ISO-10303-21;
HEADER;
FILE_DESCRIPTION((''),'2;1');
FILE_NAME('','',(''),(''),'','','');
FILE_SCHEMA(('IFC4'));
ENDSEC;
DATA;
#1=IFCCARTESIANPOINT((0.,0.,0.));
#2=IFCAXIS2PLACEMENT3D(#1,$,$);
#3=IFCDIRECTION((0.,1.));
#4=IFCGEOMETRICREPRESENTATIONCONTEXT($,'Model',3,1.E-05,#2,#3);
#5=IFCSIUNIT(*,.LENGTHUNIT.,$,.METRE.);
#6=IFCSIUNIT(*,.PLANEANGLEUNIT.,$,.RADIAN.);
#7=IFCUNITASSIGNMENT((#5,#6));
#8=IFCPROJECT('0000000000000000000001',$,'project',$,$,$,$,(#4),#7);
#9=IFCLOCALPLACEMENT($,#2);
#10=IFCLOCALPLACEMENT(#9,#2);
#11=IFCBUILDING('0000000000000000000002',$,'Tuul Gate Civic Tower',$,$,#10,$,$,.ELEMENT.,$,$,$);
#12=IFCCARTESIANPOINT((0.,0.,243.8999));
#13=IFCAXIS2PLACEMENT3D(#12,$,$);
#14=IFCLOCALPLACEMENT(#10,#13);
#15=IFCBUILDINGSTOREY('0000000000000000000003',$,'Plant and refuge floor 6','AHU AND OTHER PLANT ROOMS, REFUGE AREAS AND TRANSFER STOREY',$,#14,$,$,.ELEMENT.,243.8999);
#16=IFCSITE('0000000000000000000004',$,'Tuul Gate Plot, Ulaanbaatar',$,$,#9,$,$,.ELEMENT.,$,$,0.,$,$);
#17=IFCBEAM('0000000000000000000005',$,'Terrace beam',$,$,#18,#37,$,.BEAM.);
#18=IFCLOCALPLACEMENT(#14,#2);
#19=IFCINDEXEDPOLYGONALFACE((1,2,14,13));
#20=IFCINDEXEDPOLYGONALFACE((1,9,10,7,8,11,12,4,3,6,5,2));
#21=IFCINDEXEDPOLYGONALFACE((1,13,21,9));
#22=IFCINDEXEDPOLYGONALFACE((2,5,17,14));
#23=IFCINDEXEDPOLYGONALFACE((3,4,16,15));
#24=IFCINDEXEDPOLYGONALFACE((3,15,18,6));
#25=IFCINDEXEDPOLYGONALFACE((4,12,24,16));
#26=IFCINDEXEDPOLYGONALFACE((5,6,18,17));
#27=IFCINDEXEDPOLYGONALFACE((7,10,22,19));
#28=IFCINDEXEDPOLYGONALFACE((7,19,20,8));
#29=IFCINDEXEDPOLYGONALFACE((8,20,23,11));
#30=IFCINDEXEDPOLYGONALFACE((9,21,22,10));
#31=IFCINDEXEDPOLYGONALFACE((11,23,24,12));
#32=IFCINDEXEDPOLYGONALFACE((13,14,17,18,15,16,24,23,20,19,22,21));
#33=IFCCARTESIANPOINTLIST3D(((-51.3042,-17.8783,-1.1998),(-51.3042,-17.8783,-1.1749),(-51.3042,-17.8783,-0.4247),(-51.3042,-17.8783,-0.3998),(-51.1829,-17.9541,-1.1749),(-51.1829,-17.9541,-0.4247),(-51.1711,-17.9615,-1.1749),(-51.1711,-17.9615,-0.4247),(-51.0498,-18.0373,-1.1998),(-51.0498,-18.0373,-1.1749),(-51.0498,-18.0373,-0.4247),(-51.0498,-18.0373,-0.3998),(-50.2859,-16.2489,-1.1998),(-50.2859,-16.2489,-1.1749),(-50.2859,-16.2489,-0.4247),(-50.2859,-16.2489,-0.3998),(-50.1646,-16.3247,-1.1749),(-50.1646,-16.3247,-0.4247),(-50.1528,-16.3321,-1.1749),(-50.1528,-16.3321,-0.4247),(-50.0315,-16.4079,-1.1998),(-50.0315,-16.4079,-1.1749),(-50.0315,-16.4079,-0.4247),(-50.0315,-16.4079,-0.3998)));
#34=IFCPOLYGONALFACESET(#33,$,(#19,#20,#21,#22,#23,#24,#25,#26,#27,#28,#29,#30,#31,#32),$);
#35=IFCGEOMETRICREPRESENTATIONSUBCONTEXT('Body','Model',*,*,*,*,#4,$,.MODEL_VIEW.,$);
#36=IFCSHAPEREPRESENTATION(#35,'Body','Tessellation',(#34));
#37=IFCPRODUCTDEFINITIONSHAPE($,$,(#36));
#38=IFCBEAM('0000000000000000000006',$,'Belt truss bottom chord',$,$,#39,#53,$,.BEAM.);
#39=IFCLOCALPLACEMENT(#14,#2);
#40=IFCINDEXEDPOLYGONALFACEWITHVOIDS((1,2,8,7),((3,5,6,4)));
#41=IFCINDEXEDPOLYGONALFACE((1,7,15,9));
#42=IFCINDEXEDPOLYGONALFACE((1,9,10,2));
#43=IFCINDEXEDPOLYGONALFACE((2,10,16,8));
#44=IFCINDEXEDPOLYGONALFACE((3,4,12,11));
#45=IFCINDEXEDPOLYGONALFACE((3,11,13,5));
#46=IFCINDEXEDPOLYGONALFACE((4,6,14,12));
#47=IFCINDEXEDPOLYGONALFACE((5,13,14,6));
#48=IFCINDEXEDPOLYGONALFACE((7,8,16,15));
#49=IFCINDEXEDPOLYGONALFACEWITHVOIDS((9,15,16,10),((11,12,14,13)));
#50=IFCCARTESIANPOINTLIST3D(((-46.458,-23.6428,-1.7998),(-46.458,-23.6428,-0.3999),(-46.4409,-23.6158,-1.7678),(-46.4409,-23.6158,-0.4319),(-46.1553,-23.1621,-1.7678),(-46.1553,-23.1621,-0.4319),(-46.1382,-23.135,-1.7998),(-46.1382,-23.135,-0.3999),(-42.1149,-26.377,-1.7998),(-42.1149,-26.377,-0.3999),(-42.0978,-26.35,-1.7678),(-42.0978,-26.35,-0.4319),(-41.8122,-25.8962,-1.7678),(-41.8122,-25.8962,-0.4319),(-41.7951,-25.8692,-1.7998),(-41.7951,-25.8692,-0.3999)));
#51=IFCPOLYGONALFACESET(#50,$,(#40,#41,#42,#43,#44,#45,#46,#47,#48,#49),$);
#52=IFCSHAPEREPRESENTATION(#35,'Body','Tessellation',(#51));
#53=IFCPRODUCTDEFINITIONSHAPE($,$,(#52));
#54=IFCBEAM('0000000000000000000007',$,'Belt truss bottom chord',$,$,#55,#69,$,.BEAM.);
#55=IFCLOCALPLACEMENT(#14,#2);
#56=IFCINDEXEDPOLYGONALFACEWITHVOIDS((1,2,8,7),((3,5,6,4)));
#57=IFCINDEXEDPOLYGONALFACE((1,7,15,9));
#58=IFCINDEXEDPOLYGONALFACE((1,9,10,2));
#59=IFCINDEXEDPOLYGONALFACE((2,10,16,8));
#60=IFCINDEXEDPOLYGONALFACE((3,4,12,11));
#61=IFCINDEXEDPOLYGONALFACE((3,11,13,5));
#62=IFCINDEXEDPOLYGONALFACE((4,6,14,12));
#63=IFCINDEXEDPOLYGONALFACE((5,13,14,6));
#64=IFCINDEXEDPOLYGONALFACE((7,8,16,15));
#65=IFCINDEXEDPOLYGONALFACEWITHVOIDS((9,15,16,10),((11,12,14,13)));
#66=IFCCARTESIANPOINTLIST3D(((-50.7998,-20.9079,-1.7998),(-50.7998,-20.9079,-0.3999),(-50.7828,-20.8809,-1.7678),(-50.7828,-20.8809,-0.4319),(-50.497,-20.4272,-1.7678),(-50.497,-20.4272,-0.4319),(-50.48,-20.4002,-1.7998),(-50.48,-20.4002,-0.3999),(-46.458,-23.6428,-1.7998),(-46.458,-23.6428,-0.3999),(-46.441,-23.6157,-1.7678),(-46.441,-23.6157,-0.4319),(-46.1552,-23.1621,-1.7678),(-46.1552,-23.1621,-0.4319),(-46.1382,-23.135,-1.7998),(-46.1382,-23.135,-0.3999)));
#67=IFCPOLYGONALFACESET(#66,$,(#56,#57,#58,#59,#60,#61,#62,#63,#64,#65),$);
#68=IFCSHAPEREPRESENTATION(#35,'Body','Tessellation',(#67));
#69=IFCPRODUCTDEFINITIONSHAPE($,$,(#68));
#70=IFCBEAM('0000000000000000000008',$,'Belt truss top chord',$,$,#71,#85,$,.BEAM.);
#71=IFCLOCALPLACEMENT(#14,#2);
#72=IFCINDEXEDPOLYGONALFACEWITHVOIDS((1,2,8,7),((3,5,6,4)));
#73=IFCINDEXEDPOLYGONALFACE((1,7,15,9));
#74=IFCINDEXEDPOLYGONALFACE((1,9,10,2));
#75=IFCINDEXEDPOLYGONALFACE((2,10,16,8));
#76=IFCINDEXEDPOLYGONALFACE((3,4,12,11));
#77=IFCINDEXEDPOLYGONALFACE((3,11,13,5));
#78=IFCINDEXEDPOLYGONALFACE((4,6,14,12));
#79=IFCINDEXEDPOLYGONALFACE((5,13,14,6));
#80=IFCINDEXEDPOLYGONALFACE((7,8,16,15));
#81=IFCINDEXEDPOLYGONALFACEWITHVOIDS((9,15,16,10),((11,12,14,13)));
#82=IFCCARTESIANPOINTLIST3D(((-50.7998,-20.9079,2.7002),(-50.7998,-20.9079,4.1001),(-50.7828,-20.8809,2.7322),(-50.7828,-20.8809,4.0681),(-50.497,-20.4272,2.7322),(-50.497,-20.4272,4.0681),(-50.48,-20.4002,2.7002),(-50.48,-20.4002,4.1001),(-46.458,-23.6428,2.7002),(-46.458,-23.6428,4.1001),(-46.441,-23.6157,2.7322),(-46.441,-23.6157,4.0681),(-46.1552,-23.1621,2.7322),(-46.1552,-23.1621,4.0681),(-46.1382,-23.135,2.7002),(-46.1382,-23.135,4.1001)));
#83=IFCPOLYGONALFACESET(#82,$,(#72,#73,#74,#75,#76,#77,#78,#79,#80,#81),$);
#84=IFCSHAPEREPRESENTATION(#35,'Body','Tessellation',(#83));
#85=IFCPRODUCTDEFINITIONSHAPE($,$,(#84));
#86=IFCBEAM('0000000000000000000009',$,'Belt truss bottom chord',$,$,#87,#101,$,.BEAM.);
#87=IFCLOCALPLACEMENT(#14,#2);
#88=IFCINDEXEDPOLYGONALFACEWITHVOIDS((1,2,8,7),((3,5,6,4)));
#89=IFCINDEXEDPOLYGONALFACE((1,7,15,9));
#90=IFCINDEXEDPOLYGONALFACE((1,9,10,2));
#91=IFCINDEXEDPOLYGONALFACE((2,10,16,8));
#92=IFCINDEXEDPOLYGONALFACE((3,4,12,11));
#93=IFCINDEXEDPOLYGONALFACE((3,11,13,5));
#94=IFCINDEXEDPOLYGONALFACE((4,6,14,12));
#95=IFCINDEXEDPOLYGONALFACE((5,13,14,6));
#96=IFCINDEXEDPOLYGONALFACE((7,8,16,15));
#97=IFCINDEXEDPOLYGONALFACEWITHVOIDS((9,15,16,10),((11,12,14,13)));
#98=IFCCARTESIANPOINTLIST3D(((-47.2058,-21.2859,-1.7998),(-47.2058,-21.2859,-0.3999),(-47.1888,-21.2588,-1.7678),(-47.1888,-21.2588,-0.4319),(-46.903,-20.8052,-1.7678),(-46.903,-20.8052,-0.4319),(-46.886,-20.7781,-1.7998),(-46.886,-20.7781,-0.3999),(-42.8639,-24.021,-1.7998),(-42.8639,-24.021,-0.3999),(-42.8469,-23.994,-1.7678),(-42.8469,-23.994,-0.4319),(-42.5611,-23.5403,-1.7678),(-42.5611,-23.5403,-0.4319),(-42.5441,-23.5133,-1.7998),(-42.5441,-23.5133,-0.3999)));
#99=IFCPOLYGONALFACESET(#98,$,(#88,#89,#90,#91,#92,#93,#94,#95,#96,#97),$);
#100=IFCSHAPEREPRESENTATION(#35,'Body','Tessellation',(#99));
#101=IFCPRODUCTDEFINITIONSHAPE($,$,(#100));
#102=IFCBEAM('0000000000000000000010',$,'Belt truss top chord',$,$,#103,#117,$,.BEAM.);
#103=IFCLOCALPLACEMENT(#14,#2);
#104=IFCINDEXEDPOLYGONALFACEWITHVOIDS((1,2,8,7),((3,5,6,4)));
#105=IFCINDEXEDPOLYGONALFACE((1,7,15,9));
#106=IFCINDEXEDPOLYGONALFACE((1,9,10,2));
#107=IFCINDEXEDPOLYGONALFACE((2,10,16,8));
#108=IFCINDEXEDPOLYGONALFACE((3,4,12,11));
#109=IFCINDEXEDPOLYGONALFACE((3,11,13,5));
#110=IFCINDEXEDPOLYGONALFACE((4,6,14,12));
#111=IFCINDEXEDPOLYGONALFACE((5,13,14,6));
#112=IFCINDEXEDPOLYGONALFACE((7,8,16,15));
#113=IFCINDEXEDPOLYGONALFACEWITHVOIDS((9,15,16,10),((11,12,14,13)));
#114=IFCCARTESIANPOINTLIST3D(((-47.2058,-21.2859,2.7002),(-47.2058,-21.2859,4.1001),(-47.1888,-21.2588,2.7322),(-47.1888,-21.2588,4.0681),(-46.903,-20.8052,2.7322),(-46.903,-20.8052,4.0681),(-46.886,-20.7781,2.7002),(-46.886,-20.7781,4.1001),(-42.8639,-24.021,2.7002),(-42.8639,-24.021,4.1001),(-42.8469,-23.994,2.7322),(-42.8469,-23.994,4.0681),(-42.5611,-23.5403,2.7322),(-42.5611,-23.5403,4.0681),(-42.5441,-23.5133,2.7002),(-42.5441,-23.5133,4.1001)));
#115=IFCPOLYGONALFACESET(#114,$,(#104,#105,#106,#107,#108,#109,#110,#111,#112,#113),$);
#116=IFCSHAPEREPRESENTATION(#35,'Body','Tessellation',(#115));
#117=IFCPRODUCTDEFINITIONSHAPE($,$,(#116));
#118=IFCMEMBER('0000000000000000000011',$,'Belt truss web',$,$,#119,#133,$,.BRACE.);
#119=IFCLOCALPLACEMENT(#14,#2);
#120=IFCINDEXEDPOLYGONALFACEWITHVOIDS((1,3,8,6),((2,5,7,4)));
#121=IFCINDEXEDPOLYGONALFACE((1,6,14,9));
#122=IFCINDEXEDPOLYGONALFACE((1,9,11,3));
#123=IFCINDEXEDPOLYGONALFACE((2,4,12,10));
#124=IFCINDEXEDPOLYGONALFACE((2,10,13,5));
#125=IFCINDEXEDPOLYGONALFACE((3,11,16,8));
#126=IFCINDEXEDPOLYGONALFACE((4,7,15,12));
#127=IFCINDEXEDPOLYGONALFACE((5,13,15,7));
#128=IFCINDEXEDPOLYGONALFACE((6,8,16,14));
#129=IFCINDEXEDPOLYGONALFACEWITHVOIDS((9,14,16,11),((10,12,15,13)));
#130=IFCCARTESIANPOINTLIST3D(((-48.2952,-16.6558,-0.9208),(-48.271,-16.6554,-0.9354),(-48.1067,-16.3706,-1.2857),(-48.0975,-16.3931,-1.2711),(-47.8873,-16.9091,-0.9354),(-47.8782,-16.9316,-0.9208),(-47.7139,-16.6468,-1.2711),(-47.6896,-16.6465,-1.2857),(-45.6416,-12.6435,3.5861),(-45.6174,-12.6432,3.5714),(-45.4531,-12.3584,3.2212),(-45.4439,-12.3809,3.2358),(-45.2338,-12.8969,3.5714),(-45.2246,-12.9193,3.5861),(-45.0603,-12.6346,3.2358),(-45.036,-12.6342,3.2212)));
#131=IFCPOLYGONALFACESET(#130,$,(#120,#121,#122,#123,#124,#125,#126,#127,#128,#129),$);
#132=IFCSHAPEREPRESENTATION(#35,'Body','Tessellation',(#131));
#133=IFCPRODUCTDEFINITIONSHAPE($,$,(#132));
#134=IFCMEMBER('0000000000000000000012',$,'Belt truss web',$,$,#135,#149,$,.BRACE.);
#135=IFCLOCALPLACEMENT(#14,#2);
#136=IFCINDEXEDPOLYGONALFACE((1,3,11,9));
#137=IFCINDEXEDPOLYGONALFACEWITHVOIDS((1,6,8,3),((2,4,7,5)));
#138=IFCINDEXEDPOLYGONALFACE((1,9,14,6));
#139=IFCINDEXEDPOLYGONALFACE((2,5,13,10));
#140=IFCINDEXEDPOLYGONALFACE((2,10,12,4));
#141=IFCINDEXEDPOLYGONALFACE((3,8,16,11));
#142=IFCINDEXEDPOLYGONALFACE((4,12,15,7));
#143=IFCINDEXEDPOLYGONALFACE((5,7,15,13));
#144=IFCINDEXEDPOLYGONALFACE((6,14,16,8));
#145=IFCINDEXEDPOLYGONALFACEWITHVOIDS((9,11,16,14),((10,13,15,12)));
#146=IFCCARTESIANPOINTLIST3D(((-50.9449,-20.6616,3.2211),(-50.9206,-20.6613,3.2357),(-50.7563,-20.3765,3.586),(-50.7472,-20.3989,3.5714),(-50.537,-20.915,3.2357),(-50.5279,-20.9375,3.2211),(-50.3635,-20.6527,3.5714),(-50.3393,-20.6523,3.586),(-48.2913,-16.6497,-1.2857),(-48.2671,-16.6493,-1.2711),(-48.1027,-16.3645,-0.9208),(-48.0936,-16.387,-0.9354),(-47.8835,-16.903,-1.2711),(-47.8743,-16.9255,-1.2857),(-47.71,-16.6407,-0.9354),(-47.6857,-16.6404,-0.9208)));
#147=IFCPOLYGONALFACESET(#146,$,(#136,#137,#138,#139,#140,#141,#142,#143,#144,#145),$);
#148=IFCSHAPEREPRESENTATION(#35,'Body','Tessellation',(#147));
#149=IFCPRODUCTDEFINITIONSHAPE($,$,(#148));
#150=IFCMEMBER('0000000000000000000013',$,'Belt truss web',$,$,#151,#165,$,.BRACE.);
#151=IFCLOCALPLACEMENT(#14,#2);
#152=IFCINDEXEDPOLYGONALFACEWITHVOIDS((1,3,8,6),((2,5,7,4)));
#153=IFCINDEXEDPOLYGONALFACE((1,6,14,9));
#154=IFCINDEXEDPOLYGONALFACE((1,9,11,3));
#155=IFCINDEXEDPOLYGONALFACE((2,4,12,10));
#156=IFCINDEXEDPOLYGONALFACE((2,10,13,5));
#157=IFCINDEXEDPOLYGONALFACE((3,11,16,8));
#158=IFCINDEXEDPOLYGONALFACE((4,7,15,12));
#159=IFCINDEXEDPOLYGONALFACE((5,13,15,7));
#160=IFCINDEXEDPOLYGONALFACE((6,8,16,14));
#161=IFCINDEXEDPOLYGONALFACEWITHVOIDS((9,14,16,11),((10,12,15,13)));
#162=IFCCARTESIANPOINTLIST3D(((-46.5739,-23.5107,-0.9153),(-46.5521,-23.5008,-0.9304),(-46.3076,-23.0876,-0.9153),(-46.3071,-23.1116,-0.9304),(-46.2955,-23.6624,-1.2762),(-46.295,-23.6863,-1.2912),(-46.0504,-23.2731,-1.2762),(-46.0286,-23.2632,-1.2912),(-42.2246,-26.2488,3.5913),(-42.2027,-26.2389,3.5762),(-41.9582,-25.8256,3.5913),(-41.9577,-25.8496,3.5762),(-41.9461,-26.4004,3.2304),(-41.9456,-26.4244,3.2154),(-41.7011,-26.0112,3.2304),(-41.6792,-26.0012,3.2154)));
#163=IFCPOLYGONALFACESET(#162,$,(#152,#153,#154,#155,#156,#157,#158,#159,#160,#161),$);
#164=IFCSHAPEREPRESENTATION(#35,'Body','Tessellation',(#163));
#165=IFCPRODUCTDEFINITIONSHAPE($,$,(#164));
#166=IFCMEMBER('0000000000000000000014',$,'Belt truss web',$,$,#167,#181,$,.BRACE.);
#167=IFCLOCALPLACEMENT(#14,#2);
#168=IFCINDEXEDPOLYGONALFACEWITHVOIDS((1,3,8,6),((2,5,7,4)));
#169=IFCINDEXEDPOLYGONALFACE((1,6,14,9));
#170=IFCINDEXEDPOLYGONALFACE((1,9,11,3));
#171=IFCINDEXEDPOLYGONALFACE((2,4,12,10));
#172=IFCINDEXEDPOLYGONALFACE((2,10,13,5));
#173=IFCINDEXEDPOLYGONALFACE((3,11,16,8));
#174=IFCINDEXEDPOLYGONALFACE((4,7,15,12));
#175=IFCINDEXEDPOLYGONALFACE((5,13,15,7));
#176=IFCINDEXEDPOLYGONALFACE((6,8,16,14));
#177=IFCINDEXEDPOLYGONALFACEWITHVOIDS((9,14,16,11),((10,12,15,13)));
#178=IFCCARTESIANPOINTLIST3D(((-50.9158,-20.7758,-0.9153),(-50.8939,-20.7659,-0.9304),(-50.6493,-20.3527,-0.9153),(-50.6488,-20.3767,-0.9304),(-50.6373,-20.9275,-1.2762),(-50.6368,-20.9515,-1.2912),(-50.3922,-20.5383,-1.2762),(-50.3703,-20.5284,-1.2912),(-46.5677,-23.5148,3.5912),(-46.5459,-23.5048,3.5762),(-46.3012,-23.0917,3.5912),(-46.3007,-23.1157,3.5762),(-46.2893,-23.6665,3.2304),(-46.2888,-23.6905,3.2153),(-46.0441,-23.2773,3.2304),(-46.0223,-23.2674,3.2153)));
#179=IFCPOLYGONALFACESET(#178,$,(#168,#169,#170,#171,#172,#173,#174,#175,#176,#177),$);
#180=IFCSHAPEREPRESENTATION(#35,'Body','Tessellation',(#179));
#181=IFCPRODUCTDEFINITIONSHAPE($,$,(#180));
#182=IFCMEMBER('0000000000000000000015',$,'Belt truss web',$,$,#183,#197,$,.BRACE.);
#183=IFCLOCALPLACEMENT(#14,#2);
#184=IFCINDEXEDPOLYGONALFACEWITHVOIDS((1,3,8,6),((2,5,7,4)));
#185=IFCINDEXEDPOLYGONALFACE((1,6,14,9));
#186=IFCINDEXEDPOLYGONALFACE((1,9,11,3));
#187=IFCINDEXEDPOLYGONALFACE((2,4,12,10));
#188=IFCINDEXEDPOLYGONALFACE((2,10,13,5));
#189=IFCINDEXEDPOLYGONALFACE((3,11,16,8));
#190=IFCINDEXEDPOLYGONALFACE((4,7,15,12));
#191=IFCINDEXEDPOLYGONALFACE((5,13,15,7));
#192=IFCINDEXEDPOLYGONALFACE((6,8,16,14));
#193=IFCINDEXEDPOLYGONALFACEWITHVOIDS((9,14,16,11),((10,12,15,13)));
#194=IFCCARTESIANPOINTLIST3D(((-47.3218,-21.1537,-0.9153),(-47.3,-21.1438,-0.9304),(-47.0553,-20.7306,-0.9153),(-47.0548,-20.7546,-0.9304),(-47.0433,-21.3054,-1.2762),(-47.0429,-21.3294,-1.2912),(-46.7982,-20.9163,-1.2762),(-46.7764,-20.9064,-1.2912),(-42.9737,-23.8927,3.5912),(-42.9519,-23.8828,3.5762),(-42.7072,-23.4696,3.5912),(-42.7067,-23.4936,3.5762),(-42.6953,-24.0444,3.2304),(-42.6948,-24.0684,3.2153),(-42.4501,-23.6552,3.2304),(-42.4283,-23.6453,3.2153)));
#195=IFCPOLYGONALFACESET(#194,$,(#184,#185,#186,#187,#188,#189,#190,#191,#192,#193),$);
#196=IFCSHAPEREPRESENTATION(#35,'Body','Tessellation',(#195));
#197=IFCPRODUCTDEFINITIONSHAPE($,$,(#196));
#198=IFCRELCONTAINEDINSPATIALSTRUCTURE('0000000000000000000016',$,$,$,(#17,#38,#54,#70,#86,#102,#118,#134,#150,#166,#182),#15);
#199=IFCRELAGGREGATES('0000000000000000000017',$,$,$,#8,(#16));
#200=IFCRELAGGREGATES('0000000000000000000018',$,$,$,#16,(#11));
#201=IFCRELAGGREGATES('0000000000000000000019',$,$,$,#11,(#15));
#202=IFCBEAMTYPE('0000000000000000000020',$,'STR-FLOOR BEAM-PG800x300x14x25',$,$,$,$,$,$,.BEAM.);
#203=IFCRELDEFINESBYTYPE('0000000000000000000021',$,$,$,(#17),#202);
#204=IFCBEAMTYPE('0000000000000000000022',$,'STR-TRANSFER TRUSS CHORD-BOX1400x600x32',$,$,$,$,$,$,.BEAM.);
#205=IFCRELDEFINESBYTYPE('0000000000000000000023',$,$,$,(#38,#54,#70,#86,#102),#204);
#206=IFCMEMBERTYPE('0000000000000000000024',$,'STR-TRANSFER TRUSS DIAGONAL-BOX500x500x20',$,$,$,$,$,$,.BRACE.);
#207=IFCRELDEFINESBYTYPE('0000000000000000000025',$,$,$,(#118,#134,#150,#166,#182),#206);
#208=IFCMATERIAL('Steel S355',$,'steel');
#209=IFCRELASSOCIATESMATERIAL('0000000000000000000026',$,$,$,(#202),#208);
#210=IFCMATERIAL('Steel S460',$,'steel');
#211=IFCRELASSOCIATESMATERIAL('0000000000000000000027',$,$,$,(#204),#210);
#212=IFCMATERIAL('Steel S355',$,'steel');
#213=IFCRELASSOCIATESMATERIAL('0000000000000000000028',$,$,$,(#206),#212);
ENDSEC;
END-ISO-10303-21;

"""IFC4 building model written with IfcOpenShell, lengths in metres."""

from ifc_helpers import new_model, si_unit, direction, frame, origin, origin_2d, place, context, subcontext, project, spatial, hollow_rectangle, i_section, extrude, material, material_profile, profile_set, type_object, element, save


model = new_model("IFC4")

# Units and contexts
model_context = context("Model", 3, precision=1e-05, world=origin(), true_north=direction((0.0, 1.0)))
body_context = subcontext(model_context, "Body", "Model", "MODEL_VIEW")
ifc_project = project(units=[si_unit("LENGTHUNIT", "METRE"), si_unit("PLANEANGLEUNIT", "RADIAN")], contexts=[model_context])

# Site, building, storey
site_placement = place(None, origin())
site = spatial("IfcSite", under=ifc_project, at=site_placement, Name="Tuul Gate Plot, Ulaanbaatar", CompositionType="ELEMENT", RefElevation=0.0)
building_placement = place(site_placement, origin())
building = spatial("IfcBuilding", under=site, at=building_placement, Name="Tuul Gate Civic Tower", CompositionType="ELEMENT")
storey_placement = place(building_placement, frame((0.0, 0.0, 243.8999)))
storey = spatial("IfcBuildingStorey", under=building, at=storey_placement, Name="Plant and refuge floor 6", Description="AHU AND OTHER PLANT ROOMS, REFUGE AREAS AND TRANSFER STOREY", CompositionType="ELEMENT", Elevation=243.8999)

# Beams
ifc_material_1 = material(Name="Steel S355", Category="steel")
ifc_material_profile_1 = material_profile(ifc_material_1, i_section(OverallWidth=0.3, OverallDepth=0.8, WebThickness=0.0139, FlangeThickness=0.0249, at=origin_2d()), Name="PG800x300x14x25")
ifc_profile_set_1 = profile_set([ifc_material_profile_1], Name="Steel S355")
beam_type_1 = type_object("IfcBeamType", Name="STR-FLOOR BEAM-PG800x300x14x25", PredefinedType="BEAM", material=ifc_profile_set_1)
beam_1_placement = place(storey_placement, frame((-51.177, -17.9578, -0.7998), z_axis=(0.529976, 0.848013, 0.0), x_axis=(-0.848013, 0.529976, 0.0)))
element("IfcBeam", 1, at=beam_1_placement, inside=storey, type_object=beam_type_1, Name="Terrace beam", PredefinedType="BEAM", context=body_context, shape_type="SweptSolid", body=[
    extrude(i_section(OverallWidth=0.3, OverallDepth=0.8, WebThickness=0.0139, FlangeThickness=0.0249, at=origin_2d()), origin(), (0.0, 0.0, 1.0), 1.9214),
])
ifc_material_2 = material(Name="Steel S460", Category="steel")
ifc_material_profile_2 = material_profile(ifc_material_2, hollow_rectangle(XDim=0.6001, YDim=1.3999, WallThickness=0.032, at=origin_2d()), Name="BOX1400x600x32")
ifc_profile_set_2 = profile_set([ifc_material_profile_2], Name="Steel S460")
beam_type_2 = type_object("IfcBeamType", Name="STR-TRANSFER TRUSS CHORD-BOX1400x600x32", PredefinedType="BEAM", material=ifc_profile_set_2)
beam_2_placement = place(storey_placement, frame((-46.2981, -23.3889, -1.0999), z_axis=(0.846265, -0.532763, 0.0), x_axis=(0.532763, 0.846265, 0.0)))
element("IfcBeam", 2, at=beam_2_placement, inside=storey, type_object=beam_type_2, Name="Belt truss bottom chord", PredefinedType="BEAM", context=body_context, shape_type="SweptSolid", body=[
    extrude(hollow_rectangle(XDim=0.6001, YDim=1.3999, WallThickness=0.032, at=origin_2d()), origin(), (0.0, 0.0, 1.0), 5.1321),
])
for number, where, z_axis, x_axis, name in (
    (3, (-50.6399, -20.6541, -1.0999), (0.846133, -0.532972, 0.0), (0.532972, 0.846133, 0.0), "Belt truss bottom chord"),
    (4, (-50.6399, -20.6541, 3.4001), (0.846133, -0.532972, 0.0), (0.532972, 0.846133, 0.0), "Belt truss top chord"),
):
    element("IfcBeam", number, at=place(storey_placement, frame(where, z_axis=z_axis, x_axis=x_axis)), inside=storey, type_object=beam_type_2, Name=name, PredefinedType="BEAM", context=body_context, shape_type="SweptSolid", body=[
        extrude(hollow_rectangle(XDim=0.6001, YDim=1.3999, WallThickness=0.032, at=origin_2d()), origin(), (0.0, 0.0, 1.0), 5.1313),
    ])
for number, where, z_axis, x_axis, name in (
    (5, (-47.0459, -21.032, -1.0999), (0.846111, -0.533006, 0.0), (0.533006, 0.846111, 0.0), "Belt truss bottom chord"),
    (6, (-47.0459, -21.032, 3.4001), (0.846111, -0.533006, 0.0), (0.533006, 0.846111, 0.0), "Belt truss top chord"),
):
    element("IfcBeam", number, at=place(storey_placement, frame(where, z_axis=z_axis, x_axis=x_axis)), inside=storey, type_object=beam_type_2, Name=name, PredefinedType="BEAM", context=body_context, shape_type="SweptSolid", body=[
        extrude(hollow_rectangle(XDim=0.6001, YDim=1.3999, WallThickness=0.032, at=origin_2d()), origin(), (0.0, 0.0, 1.0), 5.1316),
    ])

# Members
ifc_material_3 = material(Name="Steel S355", Category="steel")
ifc_material_profile_3 = material_profile(ifc_material_3, hollow_rectangle(XDim=0.5, YDim=0.5, WallThickness=0.02, at=origin_2d()), Name="BOX500x500x20")
ifc_profile_set_3 = profile_set([ifc_material_profile_3], Name="Steel S355")
member_type_1 = type_object("IfcMemberType", Name="STR-TRANSFER TRUSS DIAGONAL-BOX500x500x20", PredefinedType="BRACE", material=ifc_profile_set_3)
member_1_placement = place(storey_placement, frame((-47.9924, -16.6511, -1.1033), z_axis=(0.40256, 0.608674, 0.683712), x_axis=(-0.834083, 0.55164, 0.0)))
element("IfcMember", 7, at=member_1_placement, inside=storey, type_object=member_type_1, Name="Belt truss web", PredefinedType="BRACE", context=body_context, shape_type="SweptSolid", body=[
    extrude(hollow_rectangle(XDim=0.5, YDim=0.5, WallThickness=0.02, at=origin_2d()), origin(), (0.0, 0.0, 1.0), 6.5918),
])
member_2_placement = place(storey_placement, frame((-47.9885, -16.645, -1.1033), z_axis=(-0.402569, -0.60865, 0.683727), x_axis=(0.834067, -0.551663, 0.0)))
element("IfcMember", 8, at=member_2_placement, inside=storey, type_object=member_type_1, Name="Belt truss web", PredefinedType="BRACE", context=body_context, shape_type="SweptSolid", body=[
    extrude(hollow_rectangle(XDim=0.5, YDim=0.5, WallThickness=0.02, at=origin_2d()), origin(), (0.0, 0.0, 1.0), 6.5916),
])
member_3_placement = place(storey_placement, frame((-46.3013, -23.387, -1.1033), z_axis=(0.636297, -0.400565, 0.659298), x_axis=(0.53275, 0.846273, 0.0)))
element("IfcMember", 9, at=member_3_placement, inside=storey, type_object=member_type_1, Name="Belt truss web", PredefinedType="BRACE", context=body_context, shape_type="SweptSolid", body=[
    extrude(hollow_rectangle(XDim=0.5, YDim=0.5, WallThickness=0.02, at=origin_2d()), origin(), (0.0, 0.0, 1.0), 6.8354),
])
for number, where, z_axis, x_axis, name in (
    (10, (-50.6431, -20.6521, -1.1033), (0.636154, -0.400731, 0.659335), (0.532993, 0.846119, 0.0), "Belt truss web"),
    (11, (-47.0491, -21.03, -1.1033), (0.636154, -0.400731, 0.659335), (0.532993, 0.846119, 0.0), "Belt truss web"),
):
    element("IfcMember", number, at=place(storey_placement, frame(where, z_axis=z_axis, x_axis=x_axis)), inside=storey, type_object=member_type_1, Name=name, PredefinedType="BRACE", context=body_context, shape_type="SweptSolid", body=[
        extrude(hollow_rectangle(XDim=0.5, YDim=0.5, WallThickness=0.02, at=origin_2d()), origin(), (0.0, 0.0, 1.0), 6.835),
    ])

save(model, "model.ifc")
